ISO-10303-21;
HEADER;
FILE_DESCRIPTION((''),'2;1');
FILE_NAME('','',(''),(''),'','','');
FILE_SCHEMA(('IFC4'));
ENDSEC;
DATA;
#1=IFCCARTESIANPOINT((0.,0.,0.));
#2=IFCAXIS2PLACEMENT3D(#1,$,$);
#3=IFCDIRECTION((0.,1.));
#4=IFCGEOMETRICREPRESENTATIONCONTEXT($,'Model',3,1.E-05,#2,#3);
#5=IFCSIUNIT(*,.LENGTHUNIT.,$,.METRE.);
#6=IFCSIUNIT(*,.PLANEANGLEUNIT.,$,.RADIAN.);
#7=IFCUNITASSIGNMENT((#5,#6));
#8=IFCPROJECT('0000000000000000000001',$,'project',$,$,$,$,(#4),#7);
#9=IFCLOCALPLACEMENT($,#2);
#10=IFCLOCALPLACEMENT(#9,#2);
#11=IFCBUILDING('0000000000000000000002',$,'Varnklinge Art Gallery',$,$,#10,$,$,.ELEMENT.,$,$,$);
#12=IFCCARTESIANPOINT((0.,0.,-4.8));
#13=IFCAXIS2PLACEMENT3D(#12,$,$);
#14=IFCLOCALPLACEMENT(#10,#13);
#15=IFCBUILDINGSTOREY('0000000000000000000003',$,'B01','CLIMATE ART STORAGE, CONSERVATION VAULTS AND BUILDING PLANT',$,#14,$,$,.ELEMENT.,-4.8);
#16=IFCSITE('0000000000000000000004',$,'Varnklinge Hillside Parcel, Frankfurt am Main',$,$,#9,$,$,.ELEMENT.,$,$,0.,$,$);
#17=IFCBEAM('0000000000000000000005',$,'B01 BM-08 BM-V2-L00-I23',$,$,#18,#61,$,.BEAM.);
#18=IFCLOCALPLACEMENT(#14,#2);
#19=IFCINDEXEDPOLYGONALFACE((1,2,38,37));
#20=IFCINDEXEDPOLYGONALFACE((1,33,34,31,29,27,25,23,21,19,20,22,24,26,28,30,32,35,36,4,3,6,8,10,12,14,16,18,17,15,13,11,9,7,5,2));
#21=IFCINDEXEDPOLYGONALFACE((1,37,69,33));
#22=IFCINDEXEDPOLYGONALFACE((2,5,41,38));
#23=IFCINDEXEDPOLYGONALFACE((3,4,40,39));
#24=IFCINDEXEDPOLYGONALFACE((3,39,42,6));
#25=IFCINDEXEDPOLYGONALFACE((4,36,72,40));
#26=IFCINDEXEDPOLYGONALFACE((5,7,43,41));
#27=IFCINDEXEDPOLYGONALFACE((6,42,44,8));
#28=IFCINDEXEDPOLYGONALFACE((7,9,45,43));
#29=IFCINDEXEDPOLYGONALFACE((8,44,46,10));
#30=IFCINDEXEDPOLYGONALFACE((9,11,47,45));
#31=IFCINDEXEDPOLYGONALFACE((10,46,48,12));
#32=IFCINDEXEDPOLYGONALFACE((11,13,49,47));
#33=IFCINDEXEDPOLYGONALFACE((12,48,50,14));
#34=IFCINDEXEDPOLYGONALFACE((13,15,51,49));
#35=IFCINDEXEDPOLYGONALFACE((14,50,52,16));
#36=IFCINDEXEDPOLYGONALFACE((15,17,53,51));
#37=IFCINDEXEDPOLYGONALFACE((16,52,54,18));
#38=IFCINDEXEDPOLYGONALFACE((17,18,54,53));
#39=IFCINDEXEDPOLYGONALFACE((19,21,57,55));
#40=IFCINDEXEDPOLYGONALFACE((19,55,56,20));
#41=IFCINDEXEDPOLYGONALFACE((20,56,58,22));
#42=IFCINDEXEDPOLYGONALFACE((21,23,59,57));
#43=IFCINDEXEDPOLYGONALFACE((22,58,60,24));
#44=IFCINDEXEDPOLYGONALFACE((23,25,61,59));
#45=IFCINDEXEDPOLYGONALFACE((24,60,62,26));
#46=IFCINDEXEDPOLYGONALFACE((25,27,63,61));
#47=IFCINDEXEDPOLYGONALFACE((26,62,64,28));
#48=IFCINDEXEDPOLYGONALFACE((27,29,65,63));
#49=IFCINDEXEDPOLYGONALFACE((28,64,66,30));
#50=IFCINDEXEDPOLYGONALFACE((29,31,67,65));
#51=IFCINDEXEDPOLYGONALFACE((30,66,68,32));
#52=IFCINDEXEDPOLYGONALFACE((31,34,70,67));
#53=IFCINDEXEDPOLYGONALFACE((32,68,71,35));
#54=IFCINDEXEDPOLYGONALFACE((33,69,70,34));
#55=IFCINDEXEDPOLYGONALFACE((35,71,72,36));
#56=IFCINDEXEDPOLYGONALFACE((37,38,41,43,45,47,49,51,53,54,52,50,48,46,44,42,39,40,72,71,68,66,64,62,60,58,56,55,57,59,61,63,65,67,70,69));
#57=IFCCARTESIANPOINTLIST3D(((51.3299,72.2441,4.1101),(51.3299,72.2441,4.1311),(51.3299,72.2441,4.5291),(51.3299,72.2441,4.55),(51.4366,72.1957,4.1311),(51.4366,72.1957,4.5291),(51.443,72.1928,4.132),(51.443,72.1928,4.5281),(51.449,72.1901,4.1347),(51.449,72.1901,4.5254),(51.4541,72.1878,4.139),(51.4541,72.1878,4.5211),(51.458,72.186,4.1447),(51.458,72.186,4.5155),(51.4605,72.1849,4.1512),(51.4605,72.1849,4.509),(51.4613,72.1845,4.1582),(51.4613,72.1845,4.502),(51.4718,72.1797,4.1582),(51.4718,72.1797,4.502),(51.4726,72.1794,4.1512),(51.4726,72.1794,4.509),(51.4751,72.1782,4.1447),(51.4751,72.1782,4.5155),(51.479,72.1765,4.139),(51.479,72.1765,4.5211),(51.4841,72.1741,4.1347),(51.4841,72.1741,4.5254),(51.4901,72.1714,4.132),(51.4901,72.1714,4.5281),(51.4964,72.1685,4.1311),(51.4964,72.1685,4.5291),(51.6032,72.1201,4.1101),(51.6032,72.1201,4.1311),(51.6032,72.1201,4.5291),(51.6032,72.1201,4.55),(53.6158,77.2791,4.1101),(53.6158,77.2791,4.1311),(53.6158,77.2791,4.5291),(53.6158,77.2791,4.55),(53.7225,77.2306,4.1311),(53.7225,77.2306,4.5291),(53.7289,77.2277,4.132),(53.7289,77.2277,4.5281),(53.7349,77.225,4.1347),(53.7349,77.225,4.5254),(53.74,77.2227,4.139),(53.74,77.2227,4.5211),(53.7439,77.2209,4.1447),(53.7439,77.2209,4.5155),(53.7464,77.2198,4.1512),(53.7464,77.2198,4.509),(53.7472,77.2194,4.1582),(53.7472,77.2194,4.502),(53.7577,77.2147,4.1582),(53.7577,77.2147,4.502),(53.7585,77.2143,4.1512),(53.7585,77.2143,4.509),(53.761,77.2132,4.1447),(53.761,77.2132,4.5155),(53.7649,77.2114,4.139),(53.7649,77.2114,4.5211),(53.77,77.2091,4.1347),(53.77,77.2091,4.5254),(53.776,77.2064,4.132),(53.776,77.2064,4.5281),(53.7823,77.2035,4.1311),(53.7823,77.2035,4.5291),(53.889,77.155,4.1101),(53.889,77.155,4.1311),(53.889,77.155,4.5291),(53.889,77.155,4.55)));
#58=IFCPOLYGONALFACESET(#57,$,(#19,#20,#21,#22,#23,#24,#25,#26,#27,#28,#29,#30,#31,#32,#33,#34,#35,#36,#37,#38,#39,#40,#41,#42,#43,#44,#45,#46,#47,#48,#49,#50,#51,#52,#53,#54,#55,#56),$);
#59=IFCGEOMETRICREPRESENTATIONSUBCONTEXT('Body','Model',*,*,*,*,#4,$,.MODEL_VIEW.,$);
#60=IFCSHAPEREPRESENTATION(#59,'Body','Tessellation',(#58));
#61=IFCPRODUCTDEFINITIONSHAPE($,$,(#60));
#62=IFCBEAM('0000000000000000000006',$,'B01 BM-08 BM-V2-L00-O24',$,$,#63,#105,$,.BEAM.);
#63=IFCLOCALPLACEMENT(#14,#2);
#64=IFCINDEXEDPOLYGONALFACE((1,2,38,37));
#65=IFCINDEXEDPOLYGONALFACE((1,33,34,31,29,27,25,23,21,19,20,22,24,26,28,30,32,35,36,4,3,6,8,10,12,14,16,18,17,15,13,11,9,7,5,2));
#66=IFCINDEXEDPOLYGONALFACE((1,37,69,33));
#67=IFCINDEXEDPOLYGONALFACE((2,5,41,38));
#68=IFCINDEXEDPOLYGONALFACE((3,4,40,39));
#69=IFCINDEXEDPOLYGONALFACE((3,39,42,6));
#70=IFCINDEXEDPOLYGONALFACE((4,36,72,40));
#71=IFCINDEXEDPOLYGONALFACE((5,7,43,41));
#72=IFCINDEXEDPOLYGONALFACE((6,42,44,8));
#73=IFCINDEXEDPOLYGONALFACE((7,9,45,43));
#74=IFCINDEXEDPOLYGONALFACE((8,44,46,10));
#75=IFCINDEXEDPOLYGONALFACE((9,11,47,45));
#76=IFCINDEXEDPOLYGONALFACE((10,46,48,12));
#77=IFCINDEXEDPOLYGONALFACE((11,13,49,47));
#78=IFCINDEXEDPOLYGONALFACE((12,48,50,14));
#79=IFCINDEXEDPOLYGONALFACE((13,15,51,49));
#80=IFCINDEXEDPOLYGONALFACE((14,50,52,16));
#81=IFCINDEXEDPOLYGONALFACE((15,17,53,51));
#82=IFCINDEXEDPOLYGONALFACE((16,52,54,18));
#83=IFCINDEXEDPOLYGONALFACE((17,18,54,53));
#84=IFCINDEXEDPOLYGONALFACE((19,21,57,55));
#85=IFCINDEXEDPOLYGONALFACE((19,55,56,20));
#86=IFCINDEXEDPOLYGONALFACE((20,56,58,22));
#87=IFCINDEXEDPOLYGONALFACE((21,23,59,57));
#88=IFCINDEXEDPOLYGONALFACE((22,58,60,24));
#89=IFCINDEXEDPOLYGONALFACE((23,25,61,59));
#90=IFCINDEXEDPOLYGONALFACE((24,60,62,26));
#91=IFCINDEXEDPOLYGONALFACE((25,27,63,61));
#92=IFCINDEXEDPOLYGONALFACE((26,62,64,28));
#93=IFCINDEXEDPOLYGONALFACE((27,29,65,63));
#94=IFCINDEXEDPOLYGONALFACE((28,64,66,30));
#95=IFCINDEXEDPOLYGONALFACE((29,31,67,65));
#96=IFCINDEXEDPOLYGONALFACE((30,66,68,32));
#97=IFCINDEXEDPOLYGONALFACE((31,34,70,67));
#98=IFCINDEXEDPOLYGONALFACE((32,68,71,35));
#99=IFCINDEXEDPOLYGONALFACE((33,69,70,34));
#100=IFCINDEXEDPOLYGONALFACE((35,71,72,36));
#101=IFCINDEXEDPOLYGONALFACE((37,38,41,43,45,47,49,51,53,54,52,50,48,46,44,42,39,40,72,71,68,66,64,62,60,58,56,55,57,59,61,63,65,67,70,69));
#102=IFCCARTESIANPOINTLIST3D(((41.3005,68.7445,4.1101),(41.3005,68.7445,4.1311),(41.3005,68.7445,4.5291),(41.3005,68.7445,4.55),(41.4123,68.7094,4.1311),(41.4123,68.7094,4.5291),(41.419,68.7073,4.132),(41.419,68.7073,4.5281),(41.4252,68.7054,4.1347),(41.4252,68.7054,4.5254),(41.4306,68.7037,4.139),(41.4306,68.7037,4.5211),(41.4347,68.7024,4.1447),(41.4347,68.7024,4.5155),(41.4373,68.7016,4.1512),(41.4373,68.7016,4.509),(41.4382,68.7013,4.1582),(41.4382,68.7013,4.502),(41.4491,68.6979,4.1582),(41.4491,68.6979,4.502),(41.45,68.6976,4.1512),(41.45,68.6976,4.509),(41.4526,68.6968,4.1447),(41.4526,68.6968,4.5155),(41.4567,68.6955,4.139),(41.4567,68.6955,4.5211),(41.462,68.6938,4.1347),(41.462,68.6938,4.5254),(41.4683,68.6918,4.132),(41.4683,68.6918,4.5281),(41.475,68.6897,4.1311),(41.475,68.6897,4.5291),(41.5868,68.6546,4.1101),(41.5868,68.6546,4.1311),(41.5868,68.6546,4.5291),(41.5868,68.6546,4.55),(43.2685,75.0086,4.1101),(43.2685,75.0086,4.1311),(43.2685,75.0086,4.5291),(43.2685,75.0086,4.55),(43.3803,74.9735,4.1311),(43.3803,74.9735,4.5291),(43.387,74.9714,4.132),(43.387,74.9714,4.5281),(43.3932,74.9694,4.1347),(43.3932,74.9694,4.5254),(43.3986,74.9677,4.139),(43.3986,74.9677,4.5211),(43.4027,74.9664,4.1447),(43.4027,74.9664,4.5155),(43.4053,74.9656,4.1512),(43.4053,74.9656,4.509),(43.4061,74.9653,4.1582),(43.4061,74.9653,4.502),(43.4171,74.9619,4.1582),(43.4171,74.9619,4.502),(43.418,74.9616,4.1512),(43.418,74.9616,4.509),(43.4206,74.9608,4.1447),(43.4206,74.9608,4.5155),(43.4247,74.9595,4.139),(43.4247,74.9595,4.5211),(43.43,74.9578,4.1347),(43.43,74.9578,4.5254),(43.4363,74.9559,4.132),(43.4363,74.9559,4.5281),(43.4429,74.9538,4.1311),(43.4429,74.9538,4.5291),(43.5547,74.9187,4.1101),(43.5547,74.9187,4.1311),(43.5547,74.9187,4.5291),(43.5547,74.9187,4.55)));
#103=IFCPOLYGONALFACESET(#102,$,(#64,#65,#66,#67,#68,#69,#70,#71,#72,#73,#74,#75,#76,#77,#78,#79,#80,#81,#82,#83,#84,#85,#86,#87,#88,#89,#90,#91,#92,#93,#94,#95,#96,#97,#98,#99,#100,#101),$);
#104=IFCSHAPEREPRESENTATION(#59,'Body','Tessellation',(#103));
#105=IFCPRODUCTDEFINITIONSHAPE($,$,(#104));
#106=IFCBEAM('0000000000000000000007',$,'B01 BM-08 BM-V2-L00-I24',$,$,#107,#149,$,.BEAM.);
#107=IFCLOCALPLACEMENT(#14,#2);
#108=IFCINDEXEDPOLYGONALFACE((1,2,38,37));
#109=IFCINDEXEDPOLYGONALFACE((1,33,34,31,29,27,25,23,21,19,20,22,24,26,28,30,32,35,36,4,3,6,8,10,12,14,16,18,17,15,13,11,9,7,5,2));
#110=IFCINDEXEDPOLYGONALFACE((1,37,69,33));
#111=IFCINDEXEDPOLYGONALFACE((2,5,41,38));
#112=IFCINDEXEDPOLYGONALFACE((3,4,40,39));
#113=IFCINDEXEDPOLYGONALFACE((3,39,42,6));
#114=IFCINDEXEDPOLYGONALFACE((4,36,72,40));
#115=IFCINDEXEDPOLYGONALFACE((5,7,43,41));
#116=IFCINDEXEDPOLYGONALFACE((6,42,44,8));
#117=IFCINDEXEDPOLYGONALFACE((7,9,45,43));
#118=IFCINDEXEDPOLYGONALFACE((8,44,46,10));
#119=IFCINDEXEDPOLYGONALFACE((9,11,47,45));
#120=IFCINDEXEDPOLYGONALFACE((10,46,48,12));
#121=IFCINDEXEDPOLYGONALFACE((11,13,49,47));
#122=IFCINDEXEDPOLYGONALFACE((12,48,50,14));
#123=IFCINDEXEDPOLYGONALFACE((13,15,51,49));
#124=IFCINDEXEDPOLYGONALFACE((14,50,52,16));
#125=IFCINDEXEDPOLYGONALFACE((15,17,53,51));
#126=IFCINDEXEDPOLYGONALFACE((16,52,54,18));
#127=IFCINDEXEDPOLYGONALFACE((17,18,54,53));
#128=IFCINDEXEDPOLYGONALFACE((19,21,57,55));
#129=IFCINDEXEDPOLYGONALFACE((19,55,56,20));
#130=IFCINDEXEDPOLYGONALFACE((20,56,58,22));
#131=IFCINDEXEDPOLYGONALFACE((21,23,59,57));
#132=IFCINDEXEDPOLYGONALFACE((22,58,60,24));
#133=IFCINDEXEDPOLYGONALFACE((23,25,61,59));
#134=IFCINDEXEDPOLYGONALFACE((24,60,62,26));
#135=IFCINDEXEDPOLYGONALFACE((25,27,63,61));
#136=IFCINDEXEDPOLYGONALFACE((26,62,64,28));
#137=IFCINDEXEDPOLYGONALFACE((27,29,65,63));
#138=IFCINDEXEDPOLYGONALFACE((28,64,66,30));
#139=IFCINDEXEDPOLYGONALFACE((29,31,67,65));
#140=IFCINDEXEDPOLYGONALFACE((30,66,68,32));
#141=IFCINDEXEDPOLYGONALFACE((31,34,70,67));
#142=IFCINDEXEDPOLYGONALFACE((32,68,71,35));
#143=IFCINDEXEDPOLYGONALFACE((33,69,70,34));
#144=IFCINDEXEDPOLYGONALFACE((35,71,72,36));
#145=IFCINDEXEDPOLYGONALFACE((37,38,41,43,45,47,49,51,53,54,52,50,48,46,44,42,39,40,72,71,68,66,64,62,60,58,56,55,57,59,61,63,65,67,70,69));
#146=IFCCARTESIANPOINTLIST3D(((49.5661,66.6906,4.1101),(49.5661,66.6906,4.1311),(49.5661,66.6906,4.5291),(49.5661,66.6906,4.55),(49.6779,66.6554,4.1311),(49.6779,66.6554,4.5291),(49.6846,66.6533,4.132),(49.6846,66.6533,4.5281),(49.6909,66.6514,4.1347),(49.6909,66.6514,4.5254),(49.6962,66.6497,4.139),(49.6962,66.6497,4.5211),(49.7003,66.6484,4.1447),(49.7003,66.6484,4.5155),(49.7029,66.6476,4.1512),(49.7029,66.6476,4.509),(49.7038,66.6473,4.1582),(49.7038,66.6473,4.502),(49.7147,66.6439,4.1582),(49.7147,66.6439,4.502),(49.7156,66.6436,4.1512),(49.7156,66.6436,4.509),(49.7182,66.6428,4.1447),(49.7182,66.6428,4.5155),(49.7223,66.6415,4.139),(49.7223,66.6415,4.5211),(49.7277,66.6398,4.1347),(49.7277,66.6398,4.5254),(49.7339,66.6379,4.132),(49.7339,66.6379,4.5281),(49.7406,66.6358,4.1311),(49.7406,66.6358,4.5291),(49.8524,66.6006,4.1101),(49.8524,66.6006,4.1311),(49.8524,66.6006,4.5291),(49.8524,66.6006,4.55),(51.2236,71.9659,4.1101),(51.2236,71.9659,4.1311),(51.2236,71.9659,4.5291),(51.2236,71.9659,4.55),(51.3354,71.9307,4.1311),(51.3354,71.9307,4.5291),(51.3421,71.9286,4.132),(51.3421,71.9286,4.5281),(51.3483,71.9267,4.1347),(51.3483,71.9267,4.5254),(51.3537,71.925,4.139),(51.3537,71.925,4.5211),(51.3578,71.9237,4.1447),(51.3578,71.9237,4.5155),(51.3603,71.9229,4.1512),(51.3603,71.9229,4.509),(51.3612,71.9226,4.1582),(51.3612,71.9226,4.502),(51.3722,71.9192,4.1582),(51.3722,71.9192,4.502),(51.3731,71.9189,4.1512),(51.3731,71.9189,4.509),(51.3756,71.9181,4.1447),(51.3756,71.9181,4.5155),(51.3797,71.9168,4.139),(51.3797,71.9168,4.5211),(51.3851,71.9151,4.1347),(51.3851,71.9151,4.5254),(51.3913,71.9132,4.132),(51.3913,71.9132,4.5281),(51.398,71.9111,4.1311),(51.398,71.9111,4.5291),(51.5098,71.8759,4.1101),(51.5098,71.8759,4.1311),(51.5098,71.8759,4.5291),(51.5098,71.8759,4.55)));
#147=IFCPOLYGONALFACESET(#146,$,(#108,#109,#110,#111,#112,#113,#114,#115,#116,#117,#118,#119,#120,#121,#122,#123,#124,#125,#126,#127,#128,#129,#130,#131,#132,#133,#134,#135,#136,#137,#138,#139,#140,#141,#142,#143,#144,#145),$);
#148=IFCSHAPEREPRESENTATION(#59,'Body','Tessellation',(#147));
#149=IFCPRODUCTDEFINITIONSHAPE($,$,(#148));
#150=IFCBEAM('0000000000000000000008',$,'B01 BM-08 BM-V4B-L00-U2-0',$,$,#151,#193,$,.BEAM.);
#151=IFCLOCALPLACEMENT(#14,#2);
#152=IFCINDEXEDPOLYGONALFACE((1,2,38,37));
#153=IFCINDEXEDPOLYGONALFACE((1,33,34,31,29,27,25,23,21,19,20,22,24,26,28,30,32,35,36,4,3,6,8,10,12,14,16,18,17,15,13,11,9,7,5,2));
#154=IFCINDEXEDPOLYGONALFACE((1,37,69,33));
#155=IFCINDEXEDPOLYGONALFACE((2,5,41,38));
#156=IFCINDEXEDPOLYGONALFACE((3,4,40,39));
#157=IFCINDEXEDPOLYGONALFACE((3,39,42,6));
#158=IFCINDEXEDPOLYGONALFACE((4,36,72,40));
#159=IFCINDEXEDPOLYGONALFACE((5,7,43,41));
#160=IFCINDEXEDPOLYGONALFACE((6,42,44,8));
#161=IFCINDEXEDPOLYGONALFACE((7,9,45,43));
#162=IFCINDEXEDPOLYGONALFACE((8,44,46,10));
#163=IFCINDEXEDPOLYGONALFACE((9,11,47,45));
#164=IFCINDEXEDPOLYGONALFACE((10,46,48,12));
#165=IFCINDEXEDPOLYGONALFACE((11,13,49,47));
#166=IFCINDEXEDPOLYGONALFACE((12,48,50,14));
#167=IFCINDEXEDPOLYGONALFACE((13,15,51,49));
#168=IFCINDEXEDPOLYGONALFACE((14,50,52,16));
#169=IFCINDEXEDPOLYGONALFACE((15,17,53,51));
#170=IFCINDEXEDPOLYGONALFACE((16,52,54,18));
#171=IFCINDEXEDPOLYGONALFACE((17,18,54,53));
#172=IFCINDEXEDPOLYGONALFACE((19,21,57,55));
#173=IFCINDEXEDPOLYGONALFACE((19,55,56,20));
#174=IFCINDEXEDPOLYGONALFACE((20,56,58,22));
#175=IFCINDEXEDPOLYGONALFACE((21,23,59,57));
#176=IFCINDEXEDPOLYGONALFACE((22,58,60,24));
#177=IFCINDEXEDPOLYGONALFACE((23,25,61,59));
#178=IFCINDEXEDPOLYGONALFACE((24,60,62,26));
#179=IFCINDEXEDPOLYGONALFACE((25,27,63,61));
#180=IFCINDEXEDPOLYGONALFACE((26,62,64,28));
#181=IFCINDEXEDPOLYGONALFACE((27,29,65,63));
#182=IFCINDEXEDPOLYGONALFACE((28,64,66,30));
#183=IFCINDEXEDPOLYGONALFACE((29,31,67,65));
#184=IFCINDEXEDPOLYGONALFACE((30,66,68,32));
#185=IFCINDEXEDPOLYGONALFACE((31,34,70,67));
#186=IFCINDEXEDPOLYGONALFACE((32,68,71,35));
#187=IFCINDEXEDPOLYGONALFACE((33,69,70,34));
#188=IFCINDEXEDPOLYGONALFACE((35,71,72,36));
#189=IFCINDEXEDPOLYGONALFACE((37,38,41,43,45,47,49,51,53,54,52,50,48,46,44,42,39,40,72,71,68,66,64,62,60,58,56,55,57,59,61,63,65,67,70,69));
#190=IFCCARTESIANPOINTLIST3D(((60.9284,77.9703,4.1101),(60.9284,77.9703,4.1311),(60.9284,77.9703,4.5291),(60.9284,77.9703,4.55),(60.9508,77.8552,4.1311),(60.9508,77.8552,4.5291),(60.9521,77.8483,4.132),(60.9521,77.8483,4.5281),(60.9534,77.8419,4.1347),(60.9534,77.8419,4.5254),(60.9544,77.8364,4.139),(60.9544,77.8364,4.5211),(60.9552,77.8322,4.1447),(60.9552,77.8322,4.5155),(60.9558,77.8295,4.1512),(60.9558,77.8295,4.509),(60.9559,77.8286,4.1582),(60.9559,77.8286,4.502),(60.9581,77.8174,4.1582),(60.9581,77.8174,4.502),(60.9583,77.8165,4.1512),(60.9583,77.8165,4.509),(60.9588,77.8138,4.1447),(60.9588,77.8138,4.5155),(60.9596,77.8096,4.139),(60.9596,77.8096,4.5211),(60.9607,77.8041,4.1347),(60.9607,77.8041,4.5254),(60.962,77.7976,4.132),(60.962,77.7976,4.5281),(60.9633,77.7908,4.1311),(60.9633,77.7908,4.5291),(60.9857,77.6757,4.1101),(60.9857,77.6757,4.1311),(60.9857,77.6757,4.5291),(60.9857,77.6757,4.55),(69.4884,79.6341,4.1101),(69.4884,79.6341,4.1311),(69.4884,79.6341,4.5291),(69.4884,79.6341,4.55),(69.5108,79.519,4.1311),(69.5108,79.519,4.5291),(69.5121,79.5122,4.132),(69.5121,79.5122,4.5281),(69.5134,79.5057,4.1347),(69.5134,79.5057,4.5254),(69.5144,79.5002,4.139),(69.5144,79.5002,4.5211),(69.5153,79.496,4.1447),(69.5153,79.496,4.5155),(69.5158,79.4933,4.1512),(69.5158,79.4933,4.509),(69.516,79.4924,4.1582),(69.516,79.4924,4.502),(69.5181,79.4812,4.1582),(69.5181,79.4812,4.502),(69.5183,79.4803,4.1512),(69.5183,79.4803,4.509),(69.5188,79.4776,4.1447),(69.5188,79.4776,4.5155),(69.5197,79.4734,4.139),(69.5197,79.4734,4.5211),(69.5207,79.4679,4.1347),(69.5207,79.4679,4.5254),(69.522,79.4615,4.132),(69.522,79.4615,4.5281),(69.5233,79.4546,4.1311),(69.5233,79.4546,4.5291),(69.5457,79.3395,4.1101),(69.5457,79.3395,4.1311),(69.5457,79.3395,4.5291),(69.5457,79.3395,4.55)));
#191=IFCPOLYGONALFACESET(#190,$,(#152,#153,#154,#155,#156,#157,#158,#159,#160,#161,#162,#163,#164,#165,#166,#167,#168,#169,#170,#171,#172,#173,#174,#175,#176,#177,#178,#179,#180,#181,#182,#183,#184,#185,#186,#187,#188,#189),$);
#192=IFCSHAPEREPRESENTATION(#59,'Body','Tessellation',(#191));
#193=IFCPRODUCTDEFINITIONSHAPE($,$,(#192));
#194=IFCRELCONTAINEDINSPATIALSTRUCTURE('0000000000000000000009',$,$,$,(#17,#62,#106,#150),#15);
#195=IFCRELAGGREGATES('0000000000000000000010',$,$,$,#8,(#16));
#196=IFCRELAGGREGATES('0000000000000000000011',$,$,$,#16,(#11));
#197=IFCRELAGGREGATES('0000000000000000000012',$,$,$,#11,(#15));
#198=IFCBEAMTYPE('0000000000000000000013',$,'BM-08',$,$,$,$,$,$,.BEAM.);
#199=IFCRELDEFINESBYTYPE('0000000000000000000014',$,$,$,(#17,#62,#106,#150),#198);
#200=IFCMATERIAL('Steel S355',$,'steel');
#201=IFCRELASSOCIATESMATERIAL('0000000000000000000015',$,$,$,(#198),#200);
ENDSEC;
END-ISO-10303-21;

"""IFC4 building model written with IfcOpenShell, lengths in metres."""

from ifc_helpers import new_model, si_unit, direction, frame, origin, origin_2d, place, context, subcontext, project, spatial, i_section, extrude, material, material_profile, profile_set, type_object, element, save


model = new_model("IFC4")

# Units and contexts
model_context = context("Model", 3, precision=1e-05, world=origin(), true_north=direction((0.0, 1.0)))
body_context = subcontext(model_context, "Body", "Model", "MODEL_VIEW")
ifc_project = project(units=[si_unit("LENGTHUNIT", "METRE"), si_unit("PLANEANGLEUNIT", "RADIAN")], contexts=[model_context])

# Site, building, storey
site_placement = place(None, origin())
site = spatial("IfcSite", under=ifc_project, at=site_placement, Name="Varnklinge Hillside Parcel, Frankfurt am Main", CompositionType="ELEMENT", RefElevation=0.0)
building_placement = place(site_placement, origin())
building = spatial("IfcBuilding", under=site, at=building_placement, Name="Varnklinge Art Gallery", CompositionType="ELEMENT")
storey_placement = place(building_placement, frame((0.0, 0.0, -4.8)))
storey = spatial("IfcBuildingStorey", under=building, at=storey_placement, Name="B01", Description="CLIMATE ART STORAGE, CONSERVATION VAULTS AND BUILDING PLANT", CompositionType="ELEMENT", Elevation=-4.8)

# Beams
ifc_material_1 = material(Name="Steel S355", Category="steel")
ifc_material_profile_1 = material_profile(ifc_material_1, i_section(OverallWidth=0.3, OverallDepth=0.4399, WebThickness=0.0115, FlangeThickness=0.021, FilletRadius=0.0271, at=origin_2d()), Name="HEA 450")
ifc_profile_set_1 = profile_set([ifc_material_profile_1], Name="Steel S355")
beam_type_1 = type_object("IfcBeamType", Name="BM-08", PredefinedType="BEAM", material=ifc_profile_set_1)
beam_1_placement = place(storey_placement, frame((53.7524, 77.217, 4.3301), z_axis=(-0.413397, -0.910551, 0.0), x_axis=(0.910551, -0.413397, 0.0)))
element("IfcBeam", 1, at=beam_1_placement, inside=storey, type_object=beam_type_1, Name="B01 BM-08 BM-V2-L00-I23", PredefinedType="BEAM", context=body_context, shape_type="SweptSolid", body=[
    extrude(i_section(OverallWidth=0.3, OverallDepth=0.4399, WebThickness=0.0115, FlangeThickness=0.021, FilletRadius=0.0271, at=origin_2d()), origin(), (0.0, 0.0, 1.0), 5.5295),
])
beam_2_placement = place(storey_placement, frame((43.4116, 74.9636, 4.3301), z_axis=(-0.299727, -0.954025, 0.0), x_axis=(0.954025, -0.299727, 0.0)))
element("IfcBeam", 2, at=beam_2_placement, inside=storey, type_object=beam_type_1, Name="B01 BM-08 BM-V2-L00-O24", PredefinedType="BEAM", context=body_context, shape_type="SweptSolid", body=[
    extrude(i_section(OverallWidth=0.3, OverallDepth=0.4399, WebThickness=0.0115, FlangeThickness=0.021, FilletRadius=0.0271, at=origin_2d()), origin(), (0.0, 0.0, 1.0), 6.5659),
])
beam_3_placement = place(storey_placement, frame((51.3667, 71.9209, 4.3301), z_axis=(-0.299743, -0.95402, 0.0), x_axis=(0.95402, -0.299743, 0.0)))
element("IfcBeam", 3, at=beam_3_placement, inside=storey, type_object=beam_type_1, Name="B01 BM-08 BM-V2-L00-I24", PredefinedType="BEAM", context=body_context, shape_type="SweptSolid", body=[
    extrude(i_section(OverallWidth=0.3, OverallDepth=0.4399, WebThickness=0.0115, FlangeThickness=0.021, FilletRadius=0.0271, at=origin_2d()), origin(), (0.0, 0.0, 1.0), 5.5295),
])
beam_4_placement = place(storey_placement, frame((60.957, 77.823, 4.3301), z_axis=(0.981629, 0.190799, 0.0), x_axis=(-0.190799, 0.981629, 0.0)))
element("IfcBeam", 4, at=beam_4_placement, inside=storey, type_object=beam_type_1, Name="B01 BM-08 BM-V4B-L00-U2-0", PredefinedType="BEAM", context=body_context, shape_type="SweptSolid", body=[
    extrude(i_section(OverallWidth=0.3, OverallDepth=0.4399, WebThickness=0.0115, FlangeThickness=0.021, FilletRadius=0.0271, at=origin_2d()), origin(), (0.0, 0.0, 1.0), 8.7202),
])

save(model, "model.ifc")
